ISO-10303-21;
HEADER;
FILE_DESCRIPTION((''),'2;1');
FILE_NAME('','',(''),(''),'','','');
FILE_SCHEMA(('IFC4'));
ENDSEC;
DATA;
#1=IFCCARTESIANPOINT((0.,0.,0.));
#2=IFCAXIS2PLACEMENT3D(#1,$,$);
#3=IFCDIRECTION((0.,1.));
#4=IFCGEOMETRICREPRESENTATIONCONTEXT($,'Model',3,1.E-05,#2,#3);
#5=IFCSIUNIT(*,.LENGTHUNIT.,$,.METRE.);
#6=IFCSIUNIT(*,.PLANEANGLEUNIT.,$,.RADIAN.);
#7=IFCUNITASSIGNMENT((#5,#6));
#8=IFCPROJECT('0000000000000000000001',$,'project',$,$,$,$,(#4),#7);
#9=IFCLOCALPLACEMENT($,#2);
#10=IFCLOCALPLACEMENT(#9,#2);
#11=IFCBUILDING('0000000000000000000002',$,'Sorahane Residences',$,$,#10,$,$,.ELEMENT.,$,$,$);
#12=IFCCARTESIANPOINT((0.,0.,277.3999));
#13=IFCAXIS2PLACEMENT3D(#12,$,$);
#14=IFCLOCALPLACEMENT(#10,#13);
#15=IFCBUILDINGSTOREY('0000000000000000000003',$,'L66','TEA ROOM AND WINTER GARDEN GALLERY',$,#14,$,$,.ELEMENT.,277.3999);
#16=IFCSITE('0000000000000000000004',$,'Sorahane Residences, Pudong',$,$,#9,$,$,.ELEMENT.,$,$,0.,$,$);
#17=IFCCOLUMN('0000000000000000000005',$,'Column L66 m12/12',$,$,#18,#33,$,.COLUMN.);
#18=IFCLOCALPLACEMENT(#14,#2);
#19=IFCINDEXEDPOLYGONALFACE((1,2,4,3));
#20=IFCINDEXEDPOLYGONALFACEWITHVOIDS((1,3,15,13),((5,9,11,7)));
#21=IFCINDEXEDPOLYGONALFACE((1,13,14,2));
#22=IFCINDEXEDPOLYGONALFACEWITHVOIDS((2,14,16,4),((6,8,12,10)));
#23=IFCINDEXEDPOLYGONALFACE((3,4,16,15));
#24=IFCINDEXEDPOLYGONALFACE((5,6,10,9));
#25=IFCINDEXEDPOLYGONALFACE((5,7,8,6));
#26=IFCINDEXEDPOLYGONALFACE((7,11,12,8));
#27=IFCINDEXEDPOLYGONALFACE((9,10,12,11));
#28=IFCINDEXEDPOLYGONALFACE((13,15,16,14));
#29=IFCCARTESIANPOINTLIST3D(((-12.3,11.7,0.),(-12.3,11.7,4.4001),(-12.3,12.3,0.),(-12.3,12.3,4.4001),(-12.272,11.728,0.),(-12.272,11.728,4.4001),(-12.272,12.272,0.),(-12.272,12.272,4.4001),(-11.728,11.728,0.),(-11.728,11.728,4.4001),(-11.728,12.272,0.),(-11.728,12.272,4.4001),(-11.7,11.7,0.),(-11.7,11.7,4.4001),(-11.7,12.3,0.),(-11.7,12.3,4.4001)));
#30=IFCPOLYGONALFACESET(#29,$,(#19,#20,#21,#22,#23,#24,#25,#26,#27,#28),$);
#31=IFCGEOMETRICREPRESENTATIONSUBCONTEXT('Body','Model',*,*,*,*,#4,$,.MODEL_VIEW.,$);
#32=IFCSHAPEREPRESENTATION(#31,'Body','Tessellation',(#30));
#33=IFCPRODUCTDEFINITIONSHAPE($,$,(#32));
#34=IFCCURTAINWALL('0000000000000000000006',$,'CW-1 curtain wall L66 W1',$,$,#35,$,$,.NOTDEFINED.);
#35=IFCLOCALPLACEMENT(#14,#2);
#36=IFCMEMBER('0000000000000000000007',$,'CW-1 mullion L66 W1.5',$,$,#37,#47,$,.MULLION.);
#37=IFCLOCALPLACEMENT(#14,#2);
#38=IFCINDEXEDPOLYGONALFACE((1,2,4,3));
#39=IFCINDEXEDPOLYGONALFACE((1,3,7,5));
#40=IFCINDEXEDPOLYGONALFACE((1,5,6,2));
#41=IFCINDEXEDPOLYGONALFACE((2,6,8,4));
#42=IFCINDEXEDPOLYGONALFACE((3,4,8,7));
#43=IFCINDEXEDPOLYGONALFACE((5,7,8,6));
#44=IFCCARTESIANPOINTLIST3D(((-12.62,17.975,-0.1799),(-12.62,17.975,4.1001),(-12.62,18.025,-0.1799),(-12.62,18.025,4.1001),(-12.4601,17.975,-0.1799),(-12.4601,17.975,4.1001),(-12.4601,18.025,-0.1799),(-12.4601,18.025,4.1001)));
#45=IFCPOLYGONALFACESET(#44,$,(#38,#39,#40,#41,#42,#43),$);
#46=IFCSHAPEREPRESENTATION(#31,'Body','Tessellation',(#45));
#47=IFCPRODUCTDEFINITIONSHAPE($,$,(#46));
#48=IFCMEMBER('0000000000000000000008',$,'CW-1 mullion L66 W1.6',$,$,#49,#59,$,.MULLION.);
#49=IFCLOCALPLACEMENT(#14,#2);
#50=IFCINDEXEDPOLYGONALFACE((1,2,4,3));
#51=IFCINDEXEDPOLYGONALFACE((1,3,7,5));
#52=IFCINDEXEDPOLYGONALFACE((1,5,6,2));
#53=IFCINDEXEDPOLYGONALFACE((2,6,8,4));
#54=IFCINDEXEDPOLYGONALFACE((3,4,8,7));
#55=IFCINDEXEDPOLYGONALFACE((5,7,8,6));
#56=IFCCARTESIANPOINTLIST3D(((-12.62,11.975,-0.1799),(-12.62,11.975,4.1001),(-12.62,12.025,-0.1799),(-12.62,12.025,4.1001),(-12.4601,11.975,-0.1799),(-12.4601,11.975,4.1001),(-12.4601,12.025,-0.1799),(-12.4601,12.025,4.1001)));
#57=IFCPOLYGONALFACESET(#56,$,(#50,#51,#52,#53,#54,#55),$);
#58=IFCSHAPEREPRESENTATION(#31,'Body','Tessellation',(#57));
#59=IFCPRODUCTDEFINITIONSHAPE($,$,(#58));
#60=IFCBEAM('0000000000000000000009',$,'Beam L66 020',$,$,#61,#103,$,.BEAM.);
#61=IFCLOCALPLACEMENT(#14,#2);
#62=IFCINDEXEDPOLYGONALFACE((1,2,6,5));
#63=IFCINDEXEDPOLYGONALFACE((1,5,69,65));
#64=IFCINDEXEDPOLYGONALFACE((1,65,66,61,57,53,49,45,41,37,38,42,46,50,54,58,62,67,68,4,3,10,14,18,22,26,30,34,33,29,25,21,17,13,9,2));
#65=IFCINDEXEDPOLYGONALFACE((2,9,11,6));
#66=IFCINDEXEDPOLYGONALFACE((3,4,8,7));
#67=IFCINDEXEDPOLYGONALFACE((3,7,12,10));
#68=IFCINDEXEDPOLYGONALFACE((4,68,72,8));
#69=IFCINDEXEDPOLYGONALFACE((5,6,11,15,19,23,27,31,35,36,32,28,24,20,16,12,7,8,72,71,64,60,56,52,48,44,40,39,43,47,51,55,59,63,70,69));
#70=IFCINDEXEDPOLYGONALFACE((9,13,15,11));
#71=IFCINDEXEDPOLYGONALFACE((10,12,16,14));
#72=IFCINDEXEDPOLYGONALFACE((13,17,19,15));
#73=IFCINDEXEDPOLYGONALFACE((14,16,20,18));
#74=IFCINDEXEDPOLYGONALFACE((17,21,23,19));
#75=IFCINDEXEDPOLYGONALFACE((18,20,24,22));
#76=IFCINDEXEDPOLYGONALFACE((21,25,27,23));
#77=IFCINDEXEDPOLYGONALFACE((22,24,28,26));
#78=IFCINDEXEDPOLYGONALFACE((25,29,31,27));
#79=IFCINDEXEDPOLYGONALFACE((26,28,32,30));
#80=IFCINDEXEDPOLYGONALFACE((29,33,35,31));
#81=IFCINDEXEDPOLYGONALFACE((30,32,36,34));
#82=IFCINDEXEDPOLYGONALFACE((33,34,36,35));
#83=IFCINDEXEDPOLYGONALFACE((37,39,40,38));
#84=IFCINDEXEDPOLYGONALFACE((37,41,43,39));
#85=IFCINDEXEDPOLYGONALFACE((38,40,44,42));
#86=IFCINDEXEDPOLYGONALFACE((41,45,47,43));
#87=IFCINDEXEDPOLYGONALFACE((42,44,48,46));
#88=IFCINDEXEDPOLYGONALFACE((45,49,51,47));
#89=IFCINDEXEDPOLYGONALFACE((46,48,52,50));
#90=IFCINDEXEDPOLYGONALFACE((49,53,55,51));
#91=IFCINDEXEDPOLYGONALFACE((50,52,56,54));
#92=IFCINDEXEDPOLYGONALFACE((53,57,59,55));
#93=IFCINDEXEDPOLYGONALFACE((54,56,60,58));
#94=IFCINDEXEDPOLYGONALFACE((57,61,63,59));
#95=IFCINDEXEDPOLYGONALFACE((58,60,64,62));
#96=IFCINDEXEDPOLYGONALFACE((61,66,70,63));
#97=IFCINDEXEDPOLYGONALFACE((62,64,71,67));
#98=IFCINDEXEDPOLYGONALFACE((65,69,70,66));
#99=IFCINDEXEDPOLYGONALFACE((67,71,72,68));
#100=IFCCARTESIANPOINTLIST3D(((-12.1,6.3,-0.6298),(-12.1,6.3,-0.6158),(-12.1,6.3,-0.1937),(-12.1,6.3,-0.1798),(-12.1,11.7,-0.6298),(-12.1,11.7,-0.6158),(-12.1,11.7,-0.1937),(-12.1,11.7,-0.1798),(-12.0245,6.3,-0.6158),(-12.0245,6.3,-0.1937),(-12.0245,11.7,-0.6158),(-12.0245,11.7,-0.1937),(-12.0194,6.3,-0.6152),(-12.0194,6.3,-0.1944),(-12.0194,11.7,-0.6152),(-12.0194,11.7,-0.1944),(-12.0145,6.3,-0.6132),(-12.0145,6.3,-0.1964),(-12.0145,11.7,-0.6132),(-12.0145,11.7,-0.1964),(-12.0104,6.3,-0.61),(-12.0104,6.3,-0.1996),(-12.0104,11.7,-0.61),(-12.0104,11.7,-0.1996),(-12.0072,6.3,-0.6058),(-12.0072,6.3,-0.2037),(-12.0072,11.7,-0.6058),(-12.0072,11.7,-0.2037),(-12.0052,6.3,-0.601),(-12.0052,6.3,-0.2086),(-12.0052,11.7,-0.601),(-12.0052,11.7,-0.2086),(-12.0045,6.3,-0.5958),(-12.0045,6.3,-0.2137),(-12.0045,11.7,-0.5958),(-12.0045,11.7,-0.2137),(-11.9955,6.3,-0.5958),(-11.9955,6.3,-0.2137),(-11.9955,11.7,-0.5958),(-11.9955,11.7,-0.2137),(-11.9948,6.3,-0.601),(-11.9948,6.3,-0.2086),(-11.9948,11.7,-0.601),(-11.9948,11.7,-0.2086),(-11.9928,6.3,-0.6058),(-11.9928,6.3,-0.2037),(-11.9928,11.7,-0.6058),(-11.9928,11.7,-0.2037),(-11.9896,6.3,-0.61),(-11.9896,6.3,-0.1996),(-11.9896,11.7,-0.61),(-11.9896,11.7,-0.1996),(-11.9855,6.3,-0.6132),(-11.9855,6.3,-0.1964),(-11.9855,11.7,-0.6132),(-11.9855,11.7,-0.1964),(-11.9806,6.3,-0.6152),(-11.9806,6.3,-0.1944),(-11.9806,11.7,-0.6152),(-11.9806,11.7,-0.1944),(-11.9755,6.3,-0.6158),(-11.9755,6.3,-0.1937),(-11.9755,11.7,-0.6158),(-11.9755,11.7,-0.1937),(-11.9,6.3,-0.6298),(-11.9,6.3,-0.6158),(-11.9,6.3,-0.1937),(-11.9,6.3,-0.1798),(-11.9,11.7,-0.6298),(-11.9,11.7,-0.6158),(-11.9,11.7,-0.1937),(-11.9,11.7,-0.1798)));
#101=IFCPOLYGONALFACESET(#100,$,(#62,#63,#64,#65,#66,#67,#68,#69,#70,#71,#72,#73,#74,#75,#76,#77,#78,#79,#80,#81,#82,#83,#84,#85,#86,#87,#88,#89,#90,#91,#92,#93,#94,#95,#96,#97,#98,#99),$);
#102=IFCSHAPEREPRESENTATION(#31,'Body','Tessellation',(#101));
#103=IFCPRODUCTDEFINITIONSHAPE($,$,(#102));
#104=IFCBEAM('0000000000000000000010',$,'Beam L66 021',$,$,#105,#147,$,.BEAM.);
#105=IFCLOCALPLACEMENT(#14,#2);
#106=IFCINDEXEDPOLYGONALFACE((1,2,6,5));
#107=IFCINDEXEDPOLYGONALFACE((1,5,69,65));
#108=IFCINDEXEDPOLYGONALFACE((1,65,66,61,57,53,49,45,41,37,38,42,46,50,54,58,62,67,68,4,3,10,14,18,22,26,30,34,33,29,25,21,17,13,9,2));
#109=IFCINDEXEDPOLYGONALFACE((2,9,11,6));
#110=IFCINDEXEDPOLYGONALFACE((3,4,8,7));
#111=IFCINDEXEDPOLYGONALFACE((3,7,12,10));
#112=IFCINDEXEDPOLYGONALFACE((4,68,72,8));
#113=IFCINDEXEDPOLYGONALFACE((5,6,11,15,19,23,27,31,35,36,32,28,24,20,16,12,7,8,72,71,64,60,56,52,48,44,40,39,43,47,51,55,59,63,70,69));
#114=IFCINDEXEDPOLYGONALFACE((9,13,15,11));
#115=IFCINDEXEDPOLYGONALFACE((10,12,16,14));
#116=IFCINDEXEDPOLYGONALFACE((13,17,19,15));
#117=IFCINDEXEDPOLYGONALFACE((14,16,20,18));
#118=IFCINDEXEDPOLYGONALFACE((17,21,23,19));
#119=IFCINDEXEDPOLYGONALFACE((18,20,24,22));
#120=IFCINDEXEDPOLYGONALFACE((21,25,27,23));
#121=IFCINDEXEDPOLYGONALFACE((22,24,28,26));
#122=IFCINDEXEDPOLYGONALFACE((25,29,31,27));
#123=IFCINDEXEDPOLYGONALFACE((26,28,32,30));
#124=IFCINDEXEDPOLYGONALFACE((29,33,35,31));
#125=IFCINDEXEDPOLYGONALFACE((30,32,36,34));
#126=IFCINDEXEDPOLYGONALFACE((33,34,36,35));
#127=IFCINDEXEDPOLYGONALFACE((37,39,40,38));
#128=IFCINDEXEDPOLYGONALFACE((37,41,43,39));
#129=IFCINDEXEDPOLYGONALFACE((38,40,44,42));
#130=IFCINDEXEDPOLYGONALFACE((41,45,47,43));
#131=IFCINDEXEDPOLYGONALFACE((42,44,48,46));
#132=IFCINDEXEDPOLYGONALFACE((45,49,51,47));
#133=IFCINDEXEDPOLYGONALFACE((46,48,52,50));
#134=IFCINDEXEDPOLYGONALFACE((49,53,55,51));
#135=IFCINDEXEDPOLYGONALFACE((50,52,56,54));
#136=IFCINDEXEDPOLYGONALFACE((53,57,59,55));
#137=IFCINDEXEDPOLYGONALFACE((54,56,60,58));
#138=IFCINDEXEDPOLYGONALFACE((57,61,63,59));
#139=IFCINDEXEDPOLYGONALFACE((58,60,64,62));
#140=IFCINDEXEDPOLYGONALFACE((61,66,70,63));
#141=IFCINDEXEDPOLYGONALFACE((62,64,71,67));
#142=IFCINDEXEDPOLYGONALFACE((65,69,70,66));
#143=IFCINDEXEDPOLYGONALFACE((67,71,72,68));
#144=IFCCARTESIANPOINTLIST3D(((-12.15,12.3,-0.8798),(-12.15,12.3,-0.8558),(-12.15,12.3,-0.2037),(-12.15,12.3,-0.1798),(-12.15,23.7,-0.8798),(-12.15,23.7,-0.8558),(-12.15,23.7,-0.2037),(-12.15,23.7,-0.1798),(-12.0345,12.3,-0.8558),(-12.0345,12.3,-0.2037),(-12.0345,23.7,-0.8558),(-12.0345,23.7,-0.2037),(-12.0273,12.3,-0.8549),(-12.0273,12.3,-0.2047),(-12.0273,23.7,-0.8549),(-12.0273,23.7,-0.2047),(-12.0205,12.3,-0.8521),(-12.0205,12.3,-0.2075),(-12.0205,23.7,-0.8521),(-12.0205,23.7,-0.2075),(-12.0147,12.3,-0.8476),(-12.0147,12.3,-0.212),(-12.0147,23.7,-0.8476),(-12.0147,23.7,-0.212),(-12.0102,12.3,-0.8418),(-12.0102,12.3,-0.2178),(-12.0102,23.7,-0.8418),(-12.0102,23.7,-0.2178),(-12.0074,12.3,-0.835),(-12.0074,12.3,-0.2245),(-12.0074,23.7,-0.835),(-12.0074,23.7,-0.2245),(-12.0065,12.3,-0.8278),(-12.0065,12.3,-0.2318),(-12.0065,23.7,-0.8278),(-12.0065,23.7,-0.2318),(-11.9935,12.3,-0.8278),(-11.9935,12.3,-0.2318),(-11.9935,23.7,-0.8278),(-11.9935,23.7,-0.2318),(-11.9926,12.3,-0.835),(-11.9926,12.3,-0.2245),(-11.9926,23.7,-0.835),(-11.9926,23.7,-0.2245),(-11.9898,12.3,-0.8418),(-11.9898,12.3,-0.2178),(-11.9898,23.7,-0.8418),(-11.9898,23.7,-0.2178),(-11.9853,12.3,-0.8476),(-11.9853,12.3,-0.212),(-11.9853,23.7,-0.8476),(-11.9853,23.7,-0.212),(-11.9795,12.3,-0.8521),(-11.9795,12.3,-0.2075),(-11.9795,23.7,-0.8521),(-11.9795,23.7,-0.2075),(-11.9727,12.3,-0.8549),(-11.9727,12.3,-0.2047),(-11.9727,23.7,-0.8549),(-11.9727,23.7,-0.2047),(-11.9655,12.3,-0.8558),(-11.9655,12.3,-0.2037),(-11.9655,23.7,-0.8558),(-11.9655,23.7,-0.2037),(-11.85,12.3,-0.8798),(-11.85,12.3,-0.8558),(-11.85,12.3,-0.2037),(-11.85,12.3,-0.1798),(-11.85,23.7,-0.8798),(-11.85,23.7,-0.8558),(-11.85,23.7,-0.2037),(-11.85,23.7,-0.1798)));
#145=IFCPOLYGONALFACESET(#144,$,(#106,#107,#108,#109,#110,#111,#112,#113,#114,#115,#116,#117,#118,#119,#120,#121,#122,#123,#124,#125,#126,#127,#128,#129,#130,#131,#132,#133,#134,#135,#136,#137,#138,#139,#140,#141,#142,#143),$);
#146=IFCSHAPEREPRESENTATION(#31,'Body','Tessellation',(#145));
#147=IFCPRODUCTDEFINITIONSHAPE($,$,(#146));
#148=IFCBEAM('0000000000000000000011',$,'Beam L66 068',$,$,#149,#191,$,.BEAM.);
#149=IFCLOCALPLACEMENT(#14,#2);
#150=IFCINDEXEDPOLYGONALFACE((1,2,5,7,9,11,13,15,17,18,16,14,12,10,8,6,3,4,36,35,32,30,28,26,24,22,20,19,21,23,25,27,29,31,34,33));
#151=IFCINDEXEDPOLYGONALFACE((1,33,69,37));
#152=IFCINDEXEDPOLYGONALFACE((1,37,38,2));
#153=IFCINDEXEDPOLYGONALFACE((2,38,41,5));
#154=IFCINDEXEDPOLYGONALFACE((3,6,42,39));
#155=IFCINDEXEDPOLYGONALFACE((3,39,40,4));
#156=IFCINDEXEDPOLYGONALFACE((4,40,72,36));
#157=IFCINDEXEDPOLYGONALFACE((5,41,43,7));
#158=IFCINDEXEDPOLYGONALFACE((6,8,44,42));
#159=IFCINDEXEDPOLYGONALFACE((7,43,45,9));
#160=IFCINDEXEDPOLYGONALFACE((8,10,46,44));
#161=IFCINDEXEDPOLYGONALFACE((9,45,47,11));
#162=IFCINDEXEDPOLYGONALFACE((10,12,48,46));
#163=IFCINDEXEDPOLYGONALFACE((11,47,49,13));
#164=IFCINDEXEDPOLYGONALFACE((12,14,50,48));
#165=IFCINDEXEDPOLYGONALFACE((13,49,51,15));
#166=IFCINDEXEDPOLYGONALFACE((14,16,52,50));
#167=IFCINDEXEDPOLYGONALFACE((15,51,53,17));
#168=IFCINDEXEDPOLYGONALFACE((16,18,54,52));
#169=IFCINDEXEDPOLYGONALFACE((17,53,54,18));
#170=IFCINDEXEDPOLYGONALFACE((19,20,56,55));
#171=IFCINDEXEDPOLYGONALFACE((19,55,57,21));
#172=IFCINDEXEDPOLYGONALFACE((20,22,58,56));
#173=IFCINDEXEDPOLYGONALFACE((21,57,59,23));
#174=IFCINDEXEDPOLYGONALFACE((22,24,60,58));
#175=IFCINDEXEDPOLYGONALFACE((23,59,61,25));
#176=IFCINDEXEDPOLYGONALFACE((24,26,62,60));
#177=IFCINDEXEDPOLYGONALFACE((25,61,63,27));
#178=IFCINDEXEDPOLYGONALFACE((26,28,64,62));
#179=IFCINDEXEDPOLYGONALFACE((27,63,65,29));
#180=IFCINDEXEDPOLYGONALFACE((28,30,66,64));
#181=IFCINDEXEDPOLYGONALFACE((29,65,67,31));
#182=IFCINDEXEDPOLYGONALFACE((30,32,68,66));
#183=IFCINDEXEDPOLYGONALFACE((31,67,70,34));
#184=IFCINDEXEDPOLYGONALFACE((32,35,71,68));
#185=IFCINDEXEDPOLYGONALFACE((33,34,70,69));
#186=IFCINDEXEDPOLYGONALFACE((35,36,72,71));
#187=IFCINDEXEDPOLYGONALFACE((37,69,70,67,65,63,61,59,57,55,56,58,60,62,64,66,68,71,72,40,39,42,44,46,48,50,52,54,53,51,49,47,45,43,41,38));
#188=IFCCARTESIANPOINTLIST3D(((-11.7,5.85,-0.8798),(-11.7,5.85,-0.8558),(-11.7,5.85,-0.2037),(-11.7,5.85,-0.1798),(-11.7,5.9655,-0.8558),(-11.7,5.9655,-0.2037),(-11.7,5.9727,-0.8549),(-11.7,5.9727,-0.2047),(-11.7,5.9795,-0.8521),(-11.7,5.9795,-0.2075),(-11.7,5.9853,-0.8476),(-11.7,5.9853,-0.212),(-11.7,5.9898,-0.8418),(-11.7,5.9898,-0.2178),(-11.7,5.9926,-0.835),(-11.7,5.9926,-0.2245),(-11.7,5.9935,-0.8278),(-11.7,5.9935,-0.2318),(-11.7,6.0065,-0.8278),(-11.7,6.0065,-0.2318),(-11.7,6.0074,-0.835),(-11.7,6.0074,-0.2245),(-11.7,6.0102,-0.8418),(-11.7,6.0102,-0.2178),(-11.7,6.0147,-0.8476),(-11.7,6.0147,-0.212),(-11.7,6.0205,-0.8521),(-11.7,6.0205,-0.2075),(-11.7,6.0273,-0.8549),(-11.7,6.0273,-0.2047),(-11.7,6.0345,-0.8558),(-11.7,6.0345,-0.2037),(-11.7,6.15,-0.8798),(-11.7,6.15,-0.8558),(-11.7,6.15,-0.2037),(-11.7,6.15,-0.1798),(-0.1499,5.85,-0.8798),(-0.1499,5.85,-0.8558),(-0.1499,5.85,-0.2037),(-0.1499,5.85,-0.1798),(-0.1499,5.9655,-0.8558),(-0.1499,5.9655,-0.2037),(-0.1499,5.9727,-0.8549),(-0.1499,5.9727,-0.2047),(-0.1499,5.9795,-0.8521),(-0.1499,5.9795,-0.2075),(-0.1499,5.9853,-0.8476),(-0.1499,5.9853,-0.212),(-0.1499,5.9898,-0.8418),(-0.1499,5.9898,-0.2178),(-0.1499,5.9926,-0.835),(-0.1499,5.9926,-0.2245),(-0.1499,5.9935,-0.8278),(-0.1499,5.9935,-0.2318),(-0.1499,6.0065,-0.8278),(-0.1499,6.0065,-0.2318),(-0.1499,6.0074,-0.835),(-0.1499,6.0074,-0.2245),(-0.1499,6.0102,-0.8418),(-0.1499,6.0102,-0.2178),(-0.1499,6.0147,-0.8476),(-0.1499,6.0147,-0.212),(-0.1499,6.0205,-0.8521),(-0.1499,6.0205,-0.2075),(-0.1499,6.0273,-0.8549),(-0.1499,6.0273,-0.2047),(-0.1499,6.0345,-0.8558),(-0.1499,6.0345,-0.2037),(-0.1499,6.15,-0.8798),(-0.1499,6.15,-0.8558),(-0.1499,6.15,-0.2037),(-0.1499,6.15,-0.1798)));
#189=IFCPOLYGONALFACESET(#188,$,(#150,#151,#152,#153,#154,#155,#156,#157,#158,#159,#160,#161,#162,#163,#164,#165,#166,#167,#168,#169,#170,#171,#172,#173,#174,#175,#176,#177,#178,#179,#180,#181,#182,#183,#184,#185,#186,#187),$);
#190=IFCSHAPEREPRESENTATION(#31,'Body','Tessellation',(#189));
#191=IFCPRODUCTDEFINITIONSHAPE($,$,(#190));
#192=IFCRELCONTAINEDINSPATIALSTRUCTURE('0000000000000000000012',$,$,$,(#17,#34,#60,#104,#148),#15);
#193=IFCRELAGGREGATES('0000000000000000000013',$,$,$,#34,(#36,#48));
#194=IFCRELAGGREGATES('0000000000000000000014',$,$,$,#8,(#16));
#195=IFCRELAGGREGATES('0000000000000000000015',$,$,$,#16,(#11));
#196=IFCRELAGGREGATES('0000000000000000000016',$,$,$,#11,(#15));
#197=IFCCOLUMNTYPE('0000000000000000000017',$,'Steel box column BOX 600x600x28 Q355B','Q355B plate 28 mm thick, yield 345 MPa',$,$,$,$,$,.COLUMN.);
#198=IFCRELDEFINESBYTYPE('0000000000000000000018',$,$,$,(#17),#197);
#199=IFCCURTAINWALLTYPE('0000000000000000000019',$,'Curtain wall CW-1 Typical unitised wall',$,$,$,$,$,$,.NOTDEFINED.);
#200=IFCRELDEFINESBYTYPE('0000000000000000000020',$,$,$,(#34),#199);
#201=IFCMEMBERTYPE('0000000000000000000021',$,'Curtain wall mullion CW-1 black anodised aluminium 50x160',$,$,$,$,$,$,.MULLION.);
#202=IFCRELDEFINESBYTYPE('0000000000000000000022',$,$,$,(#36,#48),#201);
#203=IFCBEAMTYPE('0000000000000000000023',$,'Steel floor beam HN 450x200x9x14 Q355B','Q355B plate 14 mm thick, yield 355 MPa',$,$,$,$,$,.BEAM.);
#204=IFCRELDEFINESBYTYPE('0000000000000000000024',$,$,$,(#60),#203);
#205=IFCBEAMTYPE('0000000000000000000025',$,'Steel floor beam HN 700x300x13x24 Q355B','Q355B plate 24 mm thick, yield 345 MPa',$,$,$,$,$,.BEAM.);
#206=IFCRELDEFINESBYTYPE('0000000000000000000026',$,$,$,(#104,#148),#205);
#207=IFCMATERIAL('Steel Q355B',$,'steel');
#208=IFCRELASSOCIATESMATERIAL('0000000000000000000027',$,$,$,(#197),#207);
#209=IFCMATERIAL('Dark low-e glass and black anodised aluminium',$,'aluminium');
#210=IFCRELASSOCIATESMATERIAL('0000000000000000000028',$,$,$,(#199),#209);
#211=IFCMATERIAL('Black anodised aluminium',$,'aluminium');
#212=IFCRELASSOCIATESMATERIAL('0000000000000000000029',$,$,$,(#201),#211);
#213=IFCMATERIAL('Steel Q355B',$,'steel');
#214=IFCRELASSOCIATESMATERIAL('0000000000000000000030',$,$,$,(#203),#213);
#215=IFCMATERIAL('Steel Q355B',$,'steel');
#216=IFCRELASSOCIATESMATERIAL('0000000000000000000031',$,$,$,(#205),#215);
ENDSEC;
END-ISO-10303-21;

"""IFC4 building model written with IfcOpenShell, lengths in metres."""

from ifc_helpers import new_model, si_unit, direction, frame, origin, origin_2d, place, context, subcontext, project, spatial, rectangle, hollow_rectangle, i_section, extrude, material, material_profile, profile_set, type_object, element, aggregate, save


model = new_model("IFC4")

# Units and contexts
model_context = context("Model", 3, precision=1e-05, world=origin(), true_north=direction((0.0, 1.0)))
body_context = subcontext(model_context, "Body", "Model", "MODEL_VIEW")
ifc_project = project(units=[si_unit("LENGTHUNIT", "METRE"), si_unit("PLANEANGLEUNIT", "RADIAN")], contexts=[model_context])

# Site, building, storey
site_placement = place(None, origin())
site = spatial("IfcSite", under=ifc_project, at=site_placement, Name="Sorahane Residences, Pudong", CompositionType="ELEMENT", RefElevation=0.0)
building_placement = place(site_placement, origin())
building = spatial("IfcBuilding", under=site, at=building_placement, Name="Sorahane Residences", CompositionType="ELEMENT")
storey_placement = place(building_placement, frame((0.0, 0.0, 277.3999)))
storey = spatial("IfcBuildingStorey", under=building, at=storey_placement, Name="L66", Description="TEA ROOM AND WINTER GARDEN GALLERY", CompositionType="ELEMENT", Elevation=277.3999)

# Column
ifc_material_1 = material(Name="Steel Q355B", Category="steel")
ifc_material_profile_1 = material_profile(ifc_material_1, hollow_rectangle(XDim=0.6001, YDim=0.6001, WallThickness=0.0281, at=origin_2d()), Name="BOX 600x600x28")
ifc_profile_set_1 = profile_set([ifc_material_profile_1], Name="Steel Q355B")
column_type = type_object("IfcColumnType", Name="Steel box column BOX 600x600x28 Q355B", Description="Q355B plate 28 mm thick, yield 345 MPa", PredefinedType="COLUMN", material=ifc_profile_set_1)
column_placement = place(storey_placement, frame((-12.0, 12.0, 0.0), z_axis=(0.0, 0.0, 1.0), x_axis=(1.0, 0.0, 0.0)))
element("IfcColumn", 1, at=column_placement, inside=storey, type_object=column_type, Name="Column L66 m12/12", PredefinedType="COLUMN", context=body_context, shape_type="SweptSolid", body=[
    extrude(hollow_rectangle(XDim=0.6001, YDim=0.6001, WallThickness=0.0281, at=origin_2d()), origin(), (0.0, 0.0, 1.0), 4.4001),
])

# Curtain wall, members
ifc_material_2 = material(Name="Dark low-e glass and black anodised aluminium", Category="aluminium")
curtain_wall_type = type_object("IfcCurtainWallType", Name="Curtain wall CW-1 Typical unitised wall", PredefinedType="NOTDEFINED", material=ifc_material_2)
curtain_wall_placement = place(storey_placement, origin())
curtain_wall = element("IfcCurtainWall", 2, at=curtain_wall_placement, inside=storey, type_object=curtain_wall_type, Name="CW-1 curtain wall L66 W1", PredefinedType="NOTDEFINED")
ifc_material_3 = material(Name="Black anodised aluminium", Category="aluminium")
ifc_material_profile_2 = material_profile(ifc_material_3, rectangle(XDim=0.1599, YDim=0.05, at=origin_2d()), Name="Curtain wall mullion CW-1 black anodised aluminium 50x160")
ifc_profile_set_2 = profile_set([ifc_material_profile_2], Name="Black anodised aluminium")
member_type = type_object("IfcMemberType", Name="Curtain wall mullion CW-1 black anodised aluminium 50x160", PredefinedType="MULLION", material=ifc_profile_set_2)
member_1_placement = place(storey_placement, frame((-12.54, 18.0, -0.1799), z_axis=(0.0, 0.0, 1.0), x_axis=(-1.0, 0.0, 0.0)))
member_1 = element("IfcMember", 3, at=member_1_placement, type_object=member_type, Name="CW-1 mullion L66 W1.5", PredefinedType="MULLION", context=body_context, shape_type="SweptSolid", body=[
    extrude(rectangle(XDim=0.1599, YDim=0.05, at=origin_2d()), origin(), (0.0, 0.0, 1.0), 4.28),
])
member_2_placement = place(storey_placement, frame((-12.54, 12.0, -0.1799), z_axis=(0.0, 0.0, 1.0), x_axis=(-1.0, 0.0, 0.0)))
member_2 = element("IfcMember", 4, at=member_2_placement, type_object=member_type, Name="CW-1 mullion L66 W1.6", PredefinedType="MULLION", context=body_context, shape_type="SweptSolid", body=[
    extrude(rectangle(XDim=0.1599, YDim=0.05, at=origin_2d()), origin(), (0.0, 0.0, 1.0), 4.28),
])

# Beams
ifc_material_4 = material(Name="Steel Q355B", Category="steel")
ifc_material_profile_3 = material_profile(ifc_material_4, i_section(OverallWidth=0.2, OverallDepth=0.45, WebThickness=0.009, FlangeThickness=0.0139, FilletRadius=0.02, at=origin_2d()), Name="HN 450x200x9x14")
ifc_profile_set_3 = profile_set([ifc_material_profile_3], Name="Steel Q355B")
beam_type_1 = type_object("IfcBeamType", Name="Steel floor beam HN 450x200x9x14 Q355B", Description="Q355B plate 14 mm thick, yield 355 MPa", PredefinedType="BEAM", material=ifc_profile_set_3)
beam_1_placement = place(storey_placement, frame((-12.0, 6.3, -0.4048), z_axis=(0.0, 1.0, 0.0), x_axis=(-1.0, 0.0, 0.0)))
element("IfcBeam", 5, at=beam_1_placement, inside=storey, type_object=beam_type_1, Name="Beam L66 020", PredefinedType="BEAM", context=body_context, shape_type="SweptSolid", body=[
    extrude(i_section(OverallWidth=0.2, OverallDepth=0.45, WebThickness=0.009, FlangeThickness=0.0139, FilletRadius=0.02, at=origin_2d()), origin(), (0.0, 0.0, 1.0), 5.3999),
])
ifc_material_5 = material(Name="Steel Q355B", Category="steel")
ifc_material_profile_4 = material_profile(ifc_material_5, i_section(OverallWidth=0.3, OverallDepth=0.7, WebThickness=0.0129, FlangeThickness=0.0239, FilletRadius=0.0281, at=origin_2d()), Name="HN 700x300x13x24")
ifc_profile_set_4 = profile_set([ifc_material_profile_4], Name="Steel Q355B")
beam_type_2 = type_object("IfcBeamType", Name="Steel floor beam HN 700x300x13x24 Q355B", Description="Q355B plate 24 mm thick, yield 345 MPa", PredefinedType="BEAM", material=ifc_profile_set_4)
beam_2_placement = place(storey_placement, frame((-12.0, 12.3, -0.5298), z_axis=(0.0, 1.0, 0.0), x_axis=(-1.0, 0.0, 0.0)))
element("IfcBeam", 6, at=beam_2_placement, inside=storey, type_object=beam_type_2, Name="Beam L66 021", PredefinedType="BEAM", context=body_context, shape_type="SweptSolid", body=[
    extrude(i_section(OverallWidth=0.3, OverallDepth=0.7, WebThickness=0.0129, FlangeThickness=0.0239, FilletRadius=0.0281, at=origin_2d()), origin(), (0.0, 0.0, 1.0), 11.3999),
])
beam_3_placement = place(storey_placement, frame((-11.7, 6.0, -0.5298), z_axis=(1.0, 0.0, 0.0), x_axis=(0.0, 1.0, 0.0)))
element("IfcBeam", 7, at=beam_3_placement, inside=storey, type_object=beam_type_2, Name="Beam L66 068", PredefinedType="BEAM", context=body_context, shape_type="SweptSolid", body=[
    extrude(i_section(OverallWidth=0.3, OverallDepth=0.7, WebThickness=0.0129, FlangeThickness=0.0239, FilletRadius=0.0281, at=origin_2d()), origin(), (0.0, 0.0, 1.0), 11.55),
])

aggregate(curtain_wall, [member_1, member_2])

save(model, "model.ifc")
